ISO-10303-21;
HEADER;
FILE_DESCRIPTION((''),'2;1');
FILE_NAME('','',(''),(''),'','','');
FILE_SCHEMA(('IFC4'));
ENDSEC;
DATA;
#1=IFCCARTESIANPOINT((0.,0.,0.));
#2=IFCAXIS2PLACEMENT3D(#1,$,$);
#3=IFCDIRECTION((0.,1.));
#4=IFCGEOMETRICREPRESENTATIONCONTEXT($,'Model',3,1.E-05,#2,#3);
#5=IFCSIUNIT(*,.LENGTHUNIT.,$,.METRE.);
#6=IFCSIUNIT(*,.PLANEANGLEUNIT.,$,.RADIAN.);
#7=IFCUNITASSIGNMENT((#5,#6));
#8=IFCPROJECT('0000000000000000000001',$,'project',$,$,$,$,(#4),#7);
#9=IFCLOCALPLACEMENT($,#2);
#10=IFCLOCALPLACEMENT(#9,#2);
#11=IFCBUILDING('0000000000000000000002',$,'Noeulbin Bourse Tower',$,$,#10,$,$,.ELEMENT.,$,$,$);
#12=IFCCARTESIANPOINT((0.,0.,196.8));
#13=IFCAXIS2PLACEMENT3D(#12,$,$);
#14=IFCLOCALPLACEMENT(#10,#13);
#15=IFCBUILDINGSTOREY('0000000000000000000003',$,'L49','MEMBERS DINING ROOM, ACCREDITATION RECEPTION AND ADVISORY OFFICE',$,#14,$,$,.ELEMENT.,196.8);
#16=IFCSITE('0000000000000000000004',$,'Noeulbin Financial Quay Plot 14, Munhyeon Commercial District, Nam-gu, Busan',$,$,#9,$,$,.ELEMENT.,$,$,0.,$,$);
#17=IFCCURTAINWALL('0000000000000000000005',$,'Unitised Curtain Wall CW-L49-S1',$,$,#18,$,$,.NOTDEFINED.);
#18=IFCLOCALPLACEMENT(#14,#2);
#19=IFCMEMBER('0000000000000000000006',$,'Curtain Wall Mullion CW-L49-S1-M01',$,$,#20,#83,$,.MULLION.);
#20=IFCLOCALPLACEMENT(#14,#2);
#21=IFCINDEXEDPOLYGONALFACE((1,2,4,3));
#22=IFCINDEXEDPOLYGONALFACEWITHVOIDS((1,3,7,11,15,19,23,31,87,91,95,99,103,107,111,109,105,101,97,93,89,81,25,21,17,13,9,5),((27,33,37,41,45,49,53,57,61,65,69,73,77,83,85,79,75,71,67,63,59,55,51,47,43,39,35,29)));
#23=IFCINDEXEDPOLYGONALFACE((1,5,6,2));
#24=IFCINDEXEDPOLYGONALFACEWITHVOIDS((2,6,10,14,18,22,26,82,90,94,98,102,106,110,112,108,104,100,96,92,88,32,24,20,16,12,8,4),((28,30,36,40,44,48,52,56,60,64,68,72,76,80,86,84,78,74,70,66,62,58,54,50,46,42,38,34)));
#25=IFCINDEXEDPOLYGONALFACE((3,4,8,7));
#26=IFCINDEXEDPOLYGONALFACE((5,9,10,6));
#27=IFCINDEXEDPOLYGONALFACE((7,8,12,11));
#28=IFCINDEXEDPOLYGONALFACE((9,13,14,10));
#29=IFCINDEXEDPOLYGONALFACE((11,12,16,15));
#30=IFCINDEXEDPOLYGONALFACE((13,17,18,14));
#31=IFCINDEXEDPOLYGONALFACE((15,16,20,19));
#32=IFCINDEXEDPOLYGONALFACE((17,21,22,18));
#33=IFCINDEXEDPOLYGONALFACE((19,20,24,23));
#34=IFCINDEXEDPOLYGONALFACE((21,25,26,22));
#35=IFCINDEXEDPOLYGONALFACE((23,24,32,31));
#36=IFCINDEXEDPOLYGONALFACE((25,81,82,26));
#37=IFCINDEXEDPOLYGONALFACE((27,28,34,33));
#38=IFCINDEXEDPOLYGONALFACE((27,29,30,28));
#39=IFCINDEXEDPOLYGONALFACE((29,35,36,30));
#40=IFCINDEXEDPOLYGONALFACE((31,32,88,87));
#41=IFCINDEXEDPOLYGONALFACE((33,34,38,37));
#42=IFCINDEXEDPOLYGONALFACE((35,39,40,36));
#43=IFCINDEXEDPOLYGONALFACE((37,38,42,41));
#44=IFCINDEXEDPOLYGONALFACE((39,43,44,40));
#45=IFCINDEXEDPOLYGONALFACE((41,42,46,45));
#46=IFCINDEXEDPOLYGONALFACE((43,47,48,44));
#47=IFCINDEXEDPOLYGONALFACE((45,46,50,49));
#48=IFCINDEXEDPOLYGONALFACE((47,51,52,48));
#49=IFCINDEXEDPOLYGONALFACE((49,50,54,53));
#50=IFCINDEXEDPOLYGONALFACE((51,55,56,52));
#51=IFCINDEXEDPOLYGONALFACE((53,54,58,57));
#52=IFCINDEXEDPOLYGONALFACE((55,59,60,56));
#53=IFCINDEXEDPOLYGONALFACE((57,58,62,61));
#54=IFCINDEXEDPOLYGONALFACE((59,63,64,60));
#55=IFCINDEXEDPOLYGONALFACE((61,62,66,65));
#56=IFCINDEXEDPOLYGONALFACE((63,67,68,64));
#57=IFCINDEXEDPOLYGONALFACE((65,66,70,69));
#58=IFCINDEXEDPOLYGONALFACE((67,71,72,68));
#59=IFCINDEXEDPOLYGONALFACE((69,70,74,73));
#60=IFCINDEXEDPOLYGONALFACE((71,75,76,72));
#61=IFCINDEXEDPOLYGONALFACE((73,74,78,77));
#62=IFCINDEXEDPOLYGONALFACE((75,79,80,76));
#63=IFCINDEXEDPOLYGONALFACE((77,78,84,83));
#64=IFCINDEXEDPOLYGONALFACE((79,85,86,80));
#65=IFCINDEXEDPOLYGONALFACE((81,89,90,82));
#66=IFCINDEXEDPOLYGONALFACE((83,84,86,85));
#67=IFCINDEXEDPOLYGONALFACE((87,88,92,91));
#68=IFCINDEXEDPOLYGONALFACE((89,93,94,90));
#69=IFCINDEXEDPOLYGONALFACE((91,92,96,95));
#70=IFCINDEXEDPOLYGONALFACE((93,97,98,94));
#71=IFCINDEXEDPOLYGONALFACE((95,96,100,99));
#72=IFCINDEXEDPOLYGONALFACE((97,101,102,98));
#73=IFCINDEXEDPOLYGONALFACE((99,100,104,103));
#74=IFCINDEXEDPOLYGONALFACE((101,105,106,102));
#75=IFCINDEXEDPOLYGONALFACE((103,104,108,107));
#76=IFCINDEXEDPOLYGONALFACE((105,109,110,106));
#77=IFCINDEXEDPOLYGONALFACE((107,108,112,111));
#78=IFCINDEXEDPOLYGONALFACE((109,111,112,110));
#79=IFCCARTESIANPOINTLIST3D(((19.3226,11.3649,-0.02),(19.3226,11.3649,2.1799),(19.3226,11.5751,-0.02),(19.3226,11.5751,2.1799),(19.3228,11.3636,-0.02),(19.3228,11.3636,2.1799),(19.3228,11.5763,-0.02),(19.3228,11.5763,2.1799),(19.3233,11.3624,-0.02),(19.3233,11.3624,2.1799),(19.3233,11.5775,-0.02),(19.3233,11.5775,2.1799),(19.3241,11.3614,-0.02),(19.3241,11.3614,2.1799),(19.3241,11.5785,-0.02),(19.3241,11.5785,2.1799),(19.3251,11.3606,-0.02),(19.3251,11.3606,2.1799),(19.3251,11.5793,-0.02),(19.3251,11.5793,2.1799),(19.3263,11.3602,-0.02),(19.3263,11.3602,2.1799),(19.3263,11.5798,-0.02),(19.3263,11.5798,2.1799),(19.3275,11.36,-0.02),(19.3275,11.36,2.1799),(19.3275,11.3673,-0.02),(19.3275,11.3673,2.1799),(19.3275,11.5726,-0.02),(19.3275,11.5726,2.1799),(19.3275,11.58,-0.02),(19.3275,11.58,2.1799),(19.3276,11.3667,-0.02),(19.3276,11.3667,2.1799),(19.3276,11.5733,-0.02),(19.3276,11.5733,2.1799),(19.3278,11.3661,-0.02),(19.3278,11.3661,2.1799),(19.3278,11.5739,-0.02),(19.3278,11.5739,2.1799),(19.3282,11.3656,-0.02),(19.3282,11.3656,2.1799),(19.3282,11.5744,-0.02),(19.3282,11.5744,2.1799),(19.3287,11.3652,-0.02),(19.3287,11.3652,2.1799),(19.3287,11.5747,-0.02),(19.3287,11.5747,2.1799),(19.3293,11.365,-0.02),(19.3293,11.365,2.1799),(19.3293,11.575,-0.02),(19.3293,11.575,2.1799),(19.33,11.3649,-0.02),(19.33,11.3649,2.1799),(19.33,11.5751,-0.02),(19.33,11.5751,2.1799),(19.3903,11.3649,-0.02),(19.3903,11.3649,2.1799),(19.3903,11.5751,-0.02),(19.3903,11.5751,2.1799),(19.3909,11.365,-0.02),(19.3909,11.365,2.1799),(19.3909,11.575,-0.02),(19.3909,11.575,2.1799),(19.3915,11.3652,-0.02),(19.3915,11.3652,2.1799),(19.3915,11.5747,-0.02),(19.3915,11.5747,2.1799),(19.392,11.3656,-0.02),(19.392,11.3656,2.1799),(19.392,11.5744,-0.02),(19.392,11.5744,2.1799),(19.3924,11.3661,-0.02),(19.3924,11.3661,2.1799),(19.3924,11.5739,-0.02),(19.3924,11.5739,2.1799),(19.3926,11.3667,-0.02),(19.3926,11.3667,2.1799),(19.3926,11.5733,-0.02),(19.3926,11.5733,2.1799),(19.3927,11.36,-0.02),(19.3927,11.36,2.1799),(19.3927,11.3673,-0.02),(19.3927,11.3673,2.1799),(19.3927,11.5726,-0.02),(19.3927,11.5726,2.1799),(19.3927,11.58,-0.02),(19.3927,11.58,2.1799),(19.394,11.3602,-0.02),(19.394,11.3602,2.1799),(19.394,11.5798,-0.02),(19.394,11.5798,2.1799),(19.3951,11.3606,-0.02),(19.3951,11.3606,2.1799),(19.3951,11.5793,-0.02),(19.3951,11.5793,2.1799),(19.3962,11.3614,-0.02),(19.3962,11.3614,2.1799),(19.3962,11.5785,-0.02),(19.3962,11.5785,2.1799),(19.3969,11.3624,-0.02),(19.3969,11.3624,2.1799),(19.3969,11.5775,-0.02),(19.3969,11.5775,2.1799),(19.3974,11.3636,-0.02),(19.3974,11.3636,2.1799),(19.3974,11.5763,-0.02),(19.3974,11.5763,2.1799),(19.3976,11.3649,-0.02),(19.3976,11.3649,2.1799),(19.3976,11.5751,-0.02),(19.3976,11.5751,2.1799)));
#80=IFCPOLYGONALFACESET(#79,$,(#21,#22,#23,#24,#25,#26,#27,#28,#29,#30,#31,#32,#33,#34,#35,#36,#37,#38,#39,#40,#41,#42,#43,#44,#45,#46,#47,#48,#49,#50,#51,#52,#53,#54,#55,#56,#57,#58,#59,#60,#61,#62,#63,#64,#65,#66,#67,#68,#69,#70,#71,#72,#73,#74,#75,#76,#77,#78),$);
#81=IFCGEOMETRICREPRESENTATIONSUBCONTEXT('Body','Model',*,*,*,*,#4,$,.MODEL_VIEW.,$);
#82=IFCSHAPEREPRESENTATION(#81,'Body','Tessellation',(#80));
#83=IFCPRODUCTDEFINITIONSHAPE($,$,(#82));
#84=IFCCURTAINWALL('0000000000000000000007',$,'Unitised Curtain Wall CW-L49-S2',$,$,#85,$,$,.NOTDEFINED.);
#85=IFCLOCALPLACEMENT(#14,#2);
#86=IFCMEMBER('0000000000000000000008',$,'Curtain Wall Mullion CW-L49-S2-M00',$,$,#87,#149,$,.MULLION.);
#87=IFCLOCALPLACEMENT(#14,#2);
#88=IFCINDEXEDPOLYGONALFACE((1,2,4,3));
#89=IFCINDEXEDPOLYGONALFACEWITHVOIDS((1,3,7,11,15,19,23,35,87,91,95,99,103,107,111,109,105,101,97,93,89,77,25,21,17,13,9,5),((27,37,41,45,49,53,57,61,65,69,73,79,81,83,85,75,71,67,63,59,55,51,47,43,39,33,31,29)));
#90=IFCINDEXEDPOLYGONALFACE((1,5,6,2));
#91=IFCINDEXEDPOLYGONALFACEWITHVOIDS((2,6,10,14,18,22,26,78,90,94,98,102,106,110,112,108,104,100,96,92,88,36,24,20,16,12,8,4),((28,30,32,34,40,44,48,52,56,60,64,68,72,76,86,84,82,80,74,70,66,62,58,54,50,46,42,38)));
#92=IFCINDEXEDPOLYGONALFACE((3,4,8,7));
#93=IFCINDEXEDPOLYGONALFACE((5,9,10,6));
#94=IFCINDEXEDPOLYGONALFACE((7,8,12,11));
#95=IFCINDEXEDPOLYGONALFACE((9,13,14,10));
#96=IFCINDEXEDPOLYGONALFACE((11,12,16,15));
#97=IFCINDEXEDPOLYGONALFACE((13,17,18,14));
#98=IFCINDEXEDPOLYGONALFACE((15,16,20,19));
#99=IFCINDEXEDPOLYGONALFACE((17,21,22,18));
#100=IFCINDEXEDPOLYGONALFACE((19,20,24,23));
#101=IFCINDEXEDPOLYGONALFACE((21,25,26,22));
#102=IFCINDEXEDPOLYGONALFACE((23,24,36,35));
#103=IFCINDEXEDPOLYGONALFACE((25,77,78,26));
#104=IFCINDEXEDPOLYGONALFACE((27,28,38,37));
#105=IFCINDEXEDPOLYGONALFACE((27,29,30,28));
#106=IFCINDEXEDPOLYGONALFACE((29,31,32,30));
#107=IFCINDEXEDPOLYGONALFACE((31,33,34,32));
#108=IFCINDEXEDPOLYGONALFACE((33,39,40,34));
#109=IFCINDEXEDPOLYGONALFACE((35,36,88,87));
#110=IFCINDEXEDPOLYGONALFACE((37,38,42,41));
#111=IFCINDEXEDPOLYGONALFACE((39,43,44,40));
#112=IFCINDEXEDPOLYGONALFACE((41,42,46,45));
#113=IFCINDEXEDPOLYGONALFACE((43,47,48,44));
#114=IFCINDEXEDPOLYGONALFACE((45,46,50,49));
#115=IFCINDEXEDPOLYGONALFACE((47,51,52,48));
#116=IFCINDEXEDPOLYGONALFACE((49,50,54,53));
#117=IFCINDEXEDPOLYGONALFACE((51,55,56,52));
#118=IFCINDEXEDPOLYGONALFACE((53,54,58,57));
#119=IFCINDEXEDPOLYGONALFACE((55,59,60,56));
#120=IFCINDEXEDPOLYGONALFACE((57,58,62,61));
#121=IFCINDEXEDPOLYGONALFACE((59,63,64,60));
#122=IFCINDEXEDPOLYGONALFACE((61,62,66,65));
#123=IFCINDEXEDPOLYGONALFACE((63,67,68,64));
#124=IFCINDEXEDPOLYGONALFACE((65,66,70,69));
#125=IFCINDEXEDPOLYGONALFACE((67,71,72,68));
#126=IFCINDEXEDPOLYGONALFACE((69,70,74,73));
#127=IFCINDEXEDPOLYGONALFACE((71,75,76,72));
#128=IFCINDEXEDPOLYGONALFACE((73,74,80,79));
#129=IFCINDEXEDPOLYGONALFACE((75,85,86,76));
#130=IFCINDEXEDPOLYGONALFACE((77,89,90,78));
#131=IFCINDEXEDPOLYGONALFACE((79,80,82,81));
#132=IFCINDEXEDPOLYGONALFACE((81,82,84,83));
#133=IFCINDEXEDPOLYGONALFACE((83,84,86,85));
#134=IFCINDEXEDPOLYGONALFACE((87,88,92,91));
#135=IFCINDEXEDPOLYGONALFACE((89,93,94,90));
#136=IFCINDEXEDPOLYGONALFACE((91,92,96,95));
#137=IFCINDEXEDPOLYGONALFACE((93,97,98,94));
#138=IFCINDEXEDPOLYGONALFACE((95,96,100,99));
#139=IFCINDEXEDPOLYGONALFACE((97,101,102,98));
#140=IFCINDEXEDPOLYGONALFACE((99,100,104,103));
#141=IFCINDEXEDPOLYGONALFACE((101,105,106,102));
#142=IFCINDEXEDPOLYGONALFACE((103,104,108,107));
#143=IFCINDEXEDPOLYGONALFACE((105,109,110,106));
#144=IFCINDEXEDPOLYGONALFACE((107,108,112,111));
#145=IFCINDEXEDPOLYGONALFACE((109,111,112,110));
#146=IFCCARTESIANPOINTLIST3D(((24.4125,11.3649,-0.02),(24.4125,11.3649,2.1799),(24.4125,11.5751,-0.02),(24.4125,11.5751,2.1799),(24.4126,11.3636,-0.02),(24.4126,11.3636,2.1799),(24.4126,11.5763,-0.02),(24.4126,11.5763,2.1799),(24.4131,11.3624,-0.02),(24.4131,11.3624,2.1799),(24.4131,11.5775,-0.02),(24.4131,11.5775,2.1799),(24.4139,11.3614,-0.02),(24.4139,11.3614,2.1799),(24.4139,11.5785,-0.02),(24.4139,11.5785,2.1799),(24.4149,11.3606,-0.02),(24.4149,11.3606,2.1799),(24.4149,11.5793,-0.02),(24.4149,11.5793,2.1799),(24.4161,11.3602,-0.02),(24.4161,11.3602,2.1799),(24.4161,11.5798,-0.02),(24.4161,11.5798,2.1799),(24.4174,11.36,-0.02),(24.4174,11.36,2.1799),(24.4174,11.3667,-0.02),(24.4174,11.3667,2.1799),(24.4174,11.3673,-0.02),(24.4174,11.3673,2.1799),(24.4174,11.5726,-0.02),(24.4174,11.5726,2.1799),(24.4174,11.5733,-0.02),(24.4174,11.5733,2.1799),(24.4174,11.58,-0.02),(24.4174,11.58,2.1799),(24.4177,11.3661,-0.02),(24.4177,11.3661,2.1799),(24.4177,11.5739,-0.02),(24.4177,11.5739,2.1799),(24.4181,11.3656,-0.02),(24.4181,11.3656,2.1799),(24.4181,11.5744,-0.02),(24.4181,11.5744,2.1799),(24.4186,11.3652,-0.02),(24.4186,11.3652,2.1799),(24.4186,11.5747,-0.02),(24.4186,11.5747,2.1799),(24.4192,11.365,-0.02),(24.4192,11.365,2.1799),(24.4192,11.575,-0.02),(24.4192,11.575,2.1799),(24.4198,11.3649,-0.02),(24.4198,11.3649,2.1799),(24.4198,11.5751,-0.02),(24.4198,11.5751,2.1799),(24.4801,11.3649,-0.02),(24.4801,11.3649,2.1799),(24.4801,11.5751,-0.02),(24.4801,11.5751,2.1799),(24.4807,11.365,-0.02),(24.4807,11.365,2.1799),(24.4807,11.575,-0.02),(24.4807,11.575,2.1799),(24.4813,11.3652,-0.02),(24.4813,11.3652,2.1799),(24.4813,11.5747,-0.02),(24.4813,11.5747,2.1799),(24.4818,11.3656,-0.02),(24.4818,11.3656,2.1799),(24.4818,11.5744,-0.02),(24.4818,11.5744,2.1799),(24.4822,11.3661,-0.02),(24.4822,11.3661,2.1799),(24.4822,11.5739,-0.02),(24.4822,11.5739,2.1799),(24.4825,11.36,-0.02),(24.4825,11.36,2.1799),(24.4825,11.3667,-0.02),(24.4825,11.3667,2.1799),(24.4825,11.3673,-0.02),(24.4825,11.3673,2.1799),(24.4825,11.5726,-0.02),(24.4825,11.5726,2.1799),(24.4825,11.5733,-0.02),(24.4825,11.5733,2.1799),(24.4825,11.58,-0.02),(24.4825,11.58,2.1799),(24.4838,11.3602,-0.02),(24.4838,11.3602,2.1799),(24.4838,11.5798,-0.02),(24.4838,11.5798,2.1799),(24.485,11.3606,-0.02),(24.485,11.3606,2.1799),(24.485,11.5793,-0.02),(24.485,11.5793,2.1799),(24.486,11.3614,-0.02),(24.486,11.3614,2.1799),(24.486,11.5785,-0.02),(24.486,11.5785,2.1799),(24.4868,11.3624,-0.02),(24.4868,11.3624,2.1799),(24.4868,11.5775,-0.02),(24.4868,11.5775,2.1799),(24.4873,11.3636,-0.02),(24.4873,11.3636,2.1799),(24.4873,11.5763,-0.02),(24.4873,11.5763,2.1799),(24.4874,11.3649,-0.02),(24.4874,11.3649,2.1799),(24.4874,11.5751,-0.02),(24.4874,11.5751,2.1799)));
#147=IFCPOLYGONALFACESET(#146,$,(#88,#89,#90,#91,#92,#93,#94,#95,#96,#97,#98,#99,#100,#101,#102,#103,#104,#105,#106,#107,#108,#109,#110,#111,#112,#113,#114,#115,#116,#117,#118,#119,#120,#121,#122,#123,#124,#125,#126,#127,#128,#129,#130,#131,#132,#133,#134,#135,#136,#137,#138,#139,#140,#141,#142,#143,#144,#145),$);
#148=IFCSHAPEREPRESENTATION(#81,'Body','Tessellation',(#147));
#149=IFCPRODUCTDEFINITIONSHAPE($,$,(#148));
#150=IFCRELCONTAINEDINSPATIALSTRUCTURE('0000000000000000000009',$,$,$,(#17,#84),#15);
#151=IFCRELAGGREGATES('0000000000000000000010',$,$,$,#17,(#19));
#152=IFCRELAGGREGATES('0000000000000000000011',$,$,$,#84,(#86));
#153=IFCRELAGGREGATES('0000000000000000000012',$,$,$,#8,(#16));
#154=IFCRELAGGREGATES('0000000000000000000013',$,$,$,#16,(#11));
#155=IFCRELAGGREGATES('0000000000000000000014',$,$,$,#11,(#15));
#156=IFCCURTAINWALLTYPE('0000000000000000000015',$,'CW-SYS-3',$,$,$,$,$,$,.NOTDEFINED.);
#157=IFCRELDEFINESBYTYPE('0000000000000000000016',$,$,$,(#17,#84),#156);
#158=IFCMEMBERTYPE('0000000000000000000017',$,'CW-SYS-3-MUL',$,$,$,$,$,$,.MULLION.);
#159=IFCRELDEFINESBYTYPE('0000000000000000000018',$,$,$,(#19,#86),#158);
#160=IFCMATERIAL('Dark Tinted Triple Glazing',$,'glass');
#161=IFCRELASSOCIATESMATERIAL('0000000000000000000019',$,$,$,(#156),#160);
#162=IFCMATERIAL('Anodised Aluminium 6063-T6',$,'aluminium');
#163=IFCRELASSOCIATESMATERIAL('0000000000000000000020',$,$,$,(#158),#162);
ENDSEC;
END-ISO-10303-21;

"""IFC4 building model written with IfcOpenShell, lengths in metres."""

from ifc_helpers import new_model, si_unit, direction, frame, origin, origin_2d, place, context, subcontext, project, spatial, hollow_rectangle, extrude, material, material_profile, profile_set, type_object, element, aggregate, save


model = new_model("IFC4")

# Units and contexts
model_context = context("Model", 3, precision=1e-05, world=origin(), true_north=direction((0.0, 1.0)))
body_context = subcontext(model_context, "Body", "Model", "MODEL_VIEW")
ifc_project = project(units=[si_unit("LENGTHUNIT", "METRE"), si_unit("PLANEANGLEUNIT", "RADIAN")], contexts=[model_context])

# Site, building, storey
site_placement = place(None, origin())
site = spatial("IfcSite", under=ifc_project, at=site_placement, Name="Noeulbin Financial Quay Plot 14, Munhyeon Commercial District, Nam-gu, Busan", CompositionType="ELEMENT", RefElevation=0.0)
building_placement = place(site_placement, origin())
building = spatial("IfcBuilding", under=site, at=building_placement, Name="Noeulbin Bourse Tower", CompositionType="ELEMENT")
storey_placement = place(building_placement, frame((0.0, 0.0, 196.8)))
storey = spatial("IfcBuildingStorey", under=building, at=storey_placement, Name="L49", Description="MEMBERS DINING ROOM, ACCREDITATION RECEPTION AND ADVISORY OFFICE", CompositionType="ELEMENT", Elevation=196.8)

# Curtain wall, member
ifc_material_1 = material(Name="Dark Tinted Triple Glazing", Category="glass")
curtain_wall_type = type_object("IfcCurtainWallType", Name="CW-SYS-3", PredefinedType="NOTDEFINED", material=ifc_material_1)
curtain_wall_1_placement = place(storey_placement, origin())
curtain_wall_1 = element("IfcCurtainWall", 1, at=curtain_wall_1_placement, inside=storey, type_object=curtain_wall_type, Name="Unitised Curtain Wall CW-L49-S1", PredefinedType="NOTDEFINED")
ifc_material_2 = material(Name="Anodised Aluminium 6063-T6", Category="aluminium")
ifc_material_profile_1 = material_profile(ifc_material_2, hollow_rectangle(XDim=0.075, YDim=0.22, WallThickness=0.0049, InnerFilletRadius=0.0024, OuterFilletRadius=0.0049, at=origin_2d()), Name="ALU-MULL-75x220x5", Category="LoadBearing")
ifc_profile_set_1 = profile_set([ifc_material_profile_1], Name="Anodised Aluminium 6063-T6")
member_type_1 = type_object("IfcMemberType", Name="CW-SYS-3-MUL", PredefinedType="MULLION", material=ifc_profile_set_1)
member_1_placement = place(storey_placement, frame((19.3601, 11.47, -0.02), z_axis=(0.0, 0.0, 1.0), x_axis=(1.0, 0.0, 0.0)))
member_1 = element("IfcMember", 2, at=member_1_placement, type_object=member_type_1, Name="Curtain Wall Mullion CW-L49-S1-M01", PredefinedType="MULLION", context=body_context, shape_type="SweptSolid", body=[
    extrude(hollow_rectangle(XDim=0.075, YDim=0.22, WallThickness=0.0049, InnerFilletRadius=0.0024, OuterFilletRadius=0.0049, at=origin_2d()), origin(), (0.0, 0.0, 1.0), 2.2),
])
aggregate(curtain_wall_1, [member_1])

# Curtain wall, member
curtain_wall_2_placement = place(storey_placement, origin())
curtain_wall_2 = element("IfcCurtainWall", 3, at=curtain_wall_2_placement, inside=storey, type_object=curtain_wall_type, Name="Unitised Curtain Wall CW-L49-S2", PredefinedType="NOTDEFINED")
member_2_placement = place(storey_placement, frame((24.45, 11.47, -0.02), z_axis=(0.0, 0.0, 1.0), x_axis=(1.0, 0.0, 0.0)))
member_2 = element("IfcMember", 4, at=member_2_placement, type_object=member_type_1, Name="Curtain Wall Mullion CW-L49-S2-M00", PredefinedType="MULLION", context=body_context, shape_type="SweptSolid", body=[
    extrude(hollow_rectangle(XDim=0.075, YDim=0.22, WallThickness=0.0049, InnerFilletRadius=0.0024, OuterFilletRadius=0.0049, at=origin_2d()), origin(), (0.0, 0.0, 1.0), 2.2),
])

aggregate(curtain_wall_2, [member_2])

save(model, "model.ifc")
